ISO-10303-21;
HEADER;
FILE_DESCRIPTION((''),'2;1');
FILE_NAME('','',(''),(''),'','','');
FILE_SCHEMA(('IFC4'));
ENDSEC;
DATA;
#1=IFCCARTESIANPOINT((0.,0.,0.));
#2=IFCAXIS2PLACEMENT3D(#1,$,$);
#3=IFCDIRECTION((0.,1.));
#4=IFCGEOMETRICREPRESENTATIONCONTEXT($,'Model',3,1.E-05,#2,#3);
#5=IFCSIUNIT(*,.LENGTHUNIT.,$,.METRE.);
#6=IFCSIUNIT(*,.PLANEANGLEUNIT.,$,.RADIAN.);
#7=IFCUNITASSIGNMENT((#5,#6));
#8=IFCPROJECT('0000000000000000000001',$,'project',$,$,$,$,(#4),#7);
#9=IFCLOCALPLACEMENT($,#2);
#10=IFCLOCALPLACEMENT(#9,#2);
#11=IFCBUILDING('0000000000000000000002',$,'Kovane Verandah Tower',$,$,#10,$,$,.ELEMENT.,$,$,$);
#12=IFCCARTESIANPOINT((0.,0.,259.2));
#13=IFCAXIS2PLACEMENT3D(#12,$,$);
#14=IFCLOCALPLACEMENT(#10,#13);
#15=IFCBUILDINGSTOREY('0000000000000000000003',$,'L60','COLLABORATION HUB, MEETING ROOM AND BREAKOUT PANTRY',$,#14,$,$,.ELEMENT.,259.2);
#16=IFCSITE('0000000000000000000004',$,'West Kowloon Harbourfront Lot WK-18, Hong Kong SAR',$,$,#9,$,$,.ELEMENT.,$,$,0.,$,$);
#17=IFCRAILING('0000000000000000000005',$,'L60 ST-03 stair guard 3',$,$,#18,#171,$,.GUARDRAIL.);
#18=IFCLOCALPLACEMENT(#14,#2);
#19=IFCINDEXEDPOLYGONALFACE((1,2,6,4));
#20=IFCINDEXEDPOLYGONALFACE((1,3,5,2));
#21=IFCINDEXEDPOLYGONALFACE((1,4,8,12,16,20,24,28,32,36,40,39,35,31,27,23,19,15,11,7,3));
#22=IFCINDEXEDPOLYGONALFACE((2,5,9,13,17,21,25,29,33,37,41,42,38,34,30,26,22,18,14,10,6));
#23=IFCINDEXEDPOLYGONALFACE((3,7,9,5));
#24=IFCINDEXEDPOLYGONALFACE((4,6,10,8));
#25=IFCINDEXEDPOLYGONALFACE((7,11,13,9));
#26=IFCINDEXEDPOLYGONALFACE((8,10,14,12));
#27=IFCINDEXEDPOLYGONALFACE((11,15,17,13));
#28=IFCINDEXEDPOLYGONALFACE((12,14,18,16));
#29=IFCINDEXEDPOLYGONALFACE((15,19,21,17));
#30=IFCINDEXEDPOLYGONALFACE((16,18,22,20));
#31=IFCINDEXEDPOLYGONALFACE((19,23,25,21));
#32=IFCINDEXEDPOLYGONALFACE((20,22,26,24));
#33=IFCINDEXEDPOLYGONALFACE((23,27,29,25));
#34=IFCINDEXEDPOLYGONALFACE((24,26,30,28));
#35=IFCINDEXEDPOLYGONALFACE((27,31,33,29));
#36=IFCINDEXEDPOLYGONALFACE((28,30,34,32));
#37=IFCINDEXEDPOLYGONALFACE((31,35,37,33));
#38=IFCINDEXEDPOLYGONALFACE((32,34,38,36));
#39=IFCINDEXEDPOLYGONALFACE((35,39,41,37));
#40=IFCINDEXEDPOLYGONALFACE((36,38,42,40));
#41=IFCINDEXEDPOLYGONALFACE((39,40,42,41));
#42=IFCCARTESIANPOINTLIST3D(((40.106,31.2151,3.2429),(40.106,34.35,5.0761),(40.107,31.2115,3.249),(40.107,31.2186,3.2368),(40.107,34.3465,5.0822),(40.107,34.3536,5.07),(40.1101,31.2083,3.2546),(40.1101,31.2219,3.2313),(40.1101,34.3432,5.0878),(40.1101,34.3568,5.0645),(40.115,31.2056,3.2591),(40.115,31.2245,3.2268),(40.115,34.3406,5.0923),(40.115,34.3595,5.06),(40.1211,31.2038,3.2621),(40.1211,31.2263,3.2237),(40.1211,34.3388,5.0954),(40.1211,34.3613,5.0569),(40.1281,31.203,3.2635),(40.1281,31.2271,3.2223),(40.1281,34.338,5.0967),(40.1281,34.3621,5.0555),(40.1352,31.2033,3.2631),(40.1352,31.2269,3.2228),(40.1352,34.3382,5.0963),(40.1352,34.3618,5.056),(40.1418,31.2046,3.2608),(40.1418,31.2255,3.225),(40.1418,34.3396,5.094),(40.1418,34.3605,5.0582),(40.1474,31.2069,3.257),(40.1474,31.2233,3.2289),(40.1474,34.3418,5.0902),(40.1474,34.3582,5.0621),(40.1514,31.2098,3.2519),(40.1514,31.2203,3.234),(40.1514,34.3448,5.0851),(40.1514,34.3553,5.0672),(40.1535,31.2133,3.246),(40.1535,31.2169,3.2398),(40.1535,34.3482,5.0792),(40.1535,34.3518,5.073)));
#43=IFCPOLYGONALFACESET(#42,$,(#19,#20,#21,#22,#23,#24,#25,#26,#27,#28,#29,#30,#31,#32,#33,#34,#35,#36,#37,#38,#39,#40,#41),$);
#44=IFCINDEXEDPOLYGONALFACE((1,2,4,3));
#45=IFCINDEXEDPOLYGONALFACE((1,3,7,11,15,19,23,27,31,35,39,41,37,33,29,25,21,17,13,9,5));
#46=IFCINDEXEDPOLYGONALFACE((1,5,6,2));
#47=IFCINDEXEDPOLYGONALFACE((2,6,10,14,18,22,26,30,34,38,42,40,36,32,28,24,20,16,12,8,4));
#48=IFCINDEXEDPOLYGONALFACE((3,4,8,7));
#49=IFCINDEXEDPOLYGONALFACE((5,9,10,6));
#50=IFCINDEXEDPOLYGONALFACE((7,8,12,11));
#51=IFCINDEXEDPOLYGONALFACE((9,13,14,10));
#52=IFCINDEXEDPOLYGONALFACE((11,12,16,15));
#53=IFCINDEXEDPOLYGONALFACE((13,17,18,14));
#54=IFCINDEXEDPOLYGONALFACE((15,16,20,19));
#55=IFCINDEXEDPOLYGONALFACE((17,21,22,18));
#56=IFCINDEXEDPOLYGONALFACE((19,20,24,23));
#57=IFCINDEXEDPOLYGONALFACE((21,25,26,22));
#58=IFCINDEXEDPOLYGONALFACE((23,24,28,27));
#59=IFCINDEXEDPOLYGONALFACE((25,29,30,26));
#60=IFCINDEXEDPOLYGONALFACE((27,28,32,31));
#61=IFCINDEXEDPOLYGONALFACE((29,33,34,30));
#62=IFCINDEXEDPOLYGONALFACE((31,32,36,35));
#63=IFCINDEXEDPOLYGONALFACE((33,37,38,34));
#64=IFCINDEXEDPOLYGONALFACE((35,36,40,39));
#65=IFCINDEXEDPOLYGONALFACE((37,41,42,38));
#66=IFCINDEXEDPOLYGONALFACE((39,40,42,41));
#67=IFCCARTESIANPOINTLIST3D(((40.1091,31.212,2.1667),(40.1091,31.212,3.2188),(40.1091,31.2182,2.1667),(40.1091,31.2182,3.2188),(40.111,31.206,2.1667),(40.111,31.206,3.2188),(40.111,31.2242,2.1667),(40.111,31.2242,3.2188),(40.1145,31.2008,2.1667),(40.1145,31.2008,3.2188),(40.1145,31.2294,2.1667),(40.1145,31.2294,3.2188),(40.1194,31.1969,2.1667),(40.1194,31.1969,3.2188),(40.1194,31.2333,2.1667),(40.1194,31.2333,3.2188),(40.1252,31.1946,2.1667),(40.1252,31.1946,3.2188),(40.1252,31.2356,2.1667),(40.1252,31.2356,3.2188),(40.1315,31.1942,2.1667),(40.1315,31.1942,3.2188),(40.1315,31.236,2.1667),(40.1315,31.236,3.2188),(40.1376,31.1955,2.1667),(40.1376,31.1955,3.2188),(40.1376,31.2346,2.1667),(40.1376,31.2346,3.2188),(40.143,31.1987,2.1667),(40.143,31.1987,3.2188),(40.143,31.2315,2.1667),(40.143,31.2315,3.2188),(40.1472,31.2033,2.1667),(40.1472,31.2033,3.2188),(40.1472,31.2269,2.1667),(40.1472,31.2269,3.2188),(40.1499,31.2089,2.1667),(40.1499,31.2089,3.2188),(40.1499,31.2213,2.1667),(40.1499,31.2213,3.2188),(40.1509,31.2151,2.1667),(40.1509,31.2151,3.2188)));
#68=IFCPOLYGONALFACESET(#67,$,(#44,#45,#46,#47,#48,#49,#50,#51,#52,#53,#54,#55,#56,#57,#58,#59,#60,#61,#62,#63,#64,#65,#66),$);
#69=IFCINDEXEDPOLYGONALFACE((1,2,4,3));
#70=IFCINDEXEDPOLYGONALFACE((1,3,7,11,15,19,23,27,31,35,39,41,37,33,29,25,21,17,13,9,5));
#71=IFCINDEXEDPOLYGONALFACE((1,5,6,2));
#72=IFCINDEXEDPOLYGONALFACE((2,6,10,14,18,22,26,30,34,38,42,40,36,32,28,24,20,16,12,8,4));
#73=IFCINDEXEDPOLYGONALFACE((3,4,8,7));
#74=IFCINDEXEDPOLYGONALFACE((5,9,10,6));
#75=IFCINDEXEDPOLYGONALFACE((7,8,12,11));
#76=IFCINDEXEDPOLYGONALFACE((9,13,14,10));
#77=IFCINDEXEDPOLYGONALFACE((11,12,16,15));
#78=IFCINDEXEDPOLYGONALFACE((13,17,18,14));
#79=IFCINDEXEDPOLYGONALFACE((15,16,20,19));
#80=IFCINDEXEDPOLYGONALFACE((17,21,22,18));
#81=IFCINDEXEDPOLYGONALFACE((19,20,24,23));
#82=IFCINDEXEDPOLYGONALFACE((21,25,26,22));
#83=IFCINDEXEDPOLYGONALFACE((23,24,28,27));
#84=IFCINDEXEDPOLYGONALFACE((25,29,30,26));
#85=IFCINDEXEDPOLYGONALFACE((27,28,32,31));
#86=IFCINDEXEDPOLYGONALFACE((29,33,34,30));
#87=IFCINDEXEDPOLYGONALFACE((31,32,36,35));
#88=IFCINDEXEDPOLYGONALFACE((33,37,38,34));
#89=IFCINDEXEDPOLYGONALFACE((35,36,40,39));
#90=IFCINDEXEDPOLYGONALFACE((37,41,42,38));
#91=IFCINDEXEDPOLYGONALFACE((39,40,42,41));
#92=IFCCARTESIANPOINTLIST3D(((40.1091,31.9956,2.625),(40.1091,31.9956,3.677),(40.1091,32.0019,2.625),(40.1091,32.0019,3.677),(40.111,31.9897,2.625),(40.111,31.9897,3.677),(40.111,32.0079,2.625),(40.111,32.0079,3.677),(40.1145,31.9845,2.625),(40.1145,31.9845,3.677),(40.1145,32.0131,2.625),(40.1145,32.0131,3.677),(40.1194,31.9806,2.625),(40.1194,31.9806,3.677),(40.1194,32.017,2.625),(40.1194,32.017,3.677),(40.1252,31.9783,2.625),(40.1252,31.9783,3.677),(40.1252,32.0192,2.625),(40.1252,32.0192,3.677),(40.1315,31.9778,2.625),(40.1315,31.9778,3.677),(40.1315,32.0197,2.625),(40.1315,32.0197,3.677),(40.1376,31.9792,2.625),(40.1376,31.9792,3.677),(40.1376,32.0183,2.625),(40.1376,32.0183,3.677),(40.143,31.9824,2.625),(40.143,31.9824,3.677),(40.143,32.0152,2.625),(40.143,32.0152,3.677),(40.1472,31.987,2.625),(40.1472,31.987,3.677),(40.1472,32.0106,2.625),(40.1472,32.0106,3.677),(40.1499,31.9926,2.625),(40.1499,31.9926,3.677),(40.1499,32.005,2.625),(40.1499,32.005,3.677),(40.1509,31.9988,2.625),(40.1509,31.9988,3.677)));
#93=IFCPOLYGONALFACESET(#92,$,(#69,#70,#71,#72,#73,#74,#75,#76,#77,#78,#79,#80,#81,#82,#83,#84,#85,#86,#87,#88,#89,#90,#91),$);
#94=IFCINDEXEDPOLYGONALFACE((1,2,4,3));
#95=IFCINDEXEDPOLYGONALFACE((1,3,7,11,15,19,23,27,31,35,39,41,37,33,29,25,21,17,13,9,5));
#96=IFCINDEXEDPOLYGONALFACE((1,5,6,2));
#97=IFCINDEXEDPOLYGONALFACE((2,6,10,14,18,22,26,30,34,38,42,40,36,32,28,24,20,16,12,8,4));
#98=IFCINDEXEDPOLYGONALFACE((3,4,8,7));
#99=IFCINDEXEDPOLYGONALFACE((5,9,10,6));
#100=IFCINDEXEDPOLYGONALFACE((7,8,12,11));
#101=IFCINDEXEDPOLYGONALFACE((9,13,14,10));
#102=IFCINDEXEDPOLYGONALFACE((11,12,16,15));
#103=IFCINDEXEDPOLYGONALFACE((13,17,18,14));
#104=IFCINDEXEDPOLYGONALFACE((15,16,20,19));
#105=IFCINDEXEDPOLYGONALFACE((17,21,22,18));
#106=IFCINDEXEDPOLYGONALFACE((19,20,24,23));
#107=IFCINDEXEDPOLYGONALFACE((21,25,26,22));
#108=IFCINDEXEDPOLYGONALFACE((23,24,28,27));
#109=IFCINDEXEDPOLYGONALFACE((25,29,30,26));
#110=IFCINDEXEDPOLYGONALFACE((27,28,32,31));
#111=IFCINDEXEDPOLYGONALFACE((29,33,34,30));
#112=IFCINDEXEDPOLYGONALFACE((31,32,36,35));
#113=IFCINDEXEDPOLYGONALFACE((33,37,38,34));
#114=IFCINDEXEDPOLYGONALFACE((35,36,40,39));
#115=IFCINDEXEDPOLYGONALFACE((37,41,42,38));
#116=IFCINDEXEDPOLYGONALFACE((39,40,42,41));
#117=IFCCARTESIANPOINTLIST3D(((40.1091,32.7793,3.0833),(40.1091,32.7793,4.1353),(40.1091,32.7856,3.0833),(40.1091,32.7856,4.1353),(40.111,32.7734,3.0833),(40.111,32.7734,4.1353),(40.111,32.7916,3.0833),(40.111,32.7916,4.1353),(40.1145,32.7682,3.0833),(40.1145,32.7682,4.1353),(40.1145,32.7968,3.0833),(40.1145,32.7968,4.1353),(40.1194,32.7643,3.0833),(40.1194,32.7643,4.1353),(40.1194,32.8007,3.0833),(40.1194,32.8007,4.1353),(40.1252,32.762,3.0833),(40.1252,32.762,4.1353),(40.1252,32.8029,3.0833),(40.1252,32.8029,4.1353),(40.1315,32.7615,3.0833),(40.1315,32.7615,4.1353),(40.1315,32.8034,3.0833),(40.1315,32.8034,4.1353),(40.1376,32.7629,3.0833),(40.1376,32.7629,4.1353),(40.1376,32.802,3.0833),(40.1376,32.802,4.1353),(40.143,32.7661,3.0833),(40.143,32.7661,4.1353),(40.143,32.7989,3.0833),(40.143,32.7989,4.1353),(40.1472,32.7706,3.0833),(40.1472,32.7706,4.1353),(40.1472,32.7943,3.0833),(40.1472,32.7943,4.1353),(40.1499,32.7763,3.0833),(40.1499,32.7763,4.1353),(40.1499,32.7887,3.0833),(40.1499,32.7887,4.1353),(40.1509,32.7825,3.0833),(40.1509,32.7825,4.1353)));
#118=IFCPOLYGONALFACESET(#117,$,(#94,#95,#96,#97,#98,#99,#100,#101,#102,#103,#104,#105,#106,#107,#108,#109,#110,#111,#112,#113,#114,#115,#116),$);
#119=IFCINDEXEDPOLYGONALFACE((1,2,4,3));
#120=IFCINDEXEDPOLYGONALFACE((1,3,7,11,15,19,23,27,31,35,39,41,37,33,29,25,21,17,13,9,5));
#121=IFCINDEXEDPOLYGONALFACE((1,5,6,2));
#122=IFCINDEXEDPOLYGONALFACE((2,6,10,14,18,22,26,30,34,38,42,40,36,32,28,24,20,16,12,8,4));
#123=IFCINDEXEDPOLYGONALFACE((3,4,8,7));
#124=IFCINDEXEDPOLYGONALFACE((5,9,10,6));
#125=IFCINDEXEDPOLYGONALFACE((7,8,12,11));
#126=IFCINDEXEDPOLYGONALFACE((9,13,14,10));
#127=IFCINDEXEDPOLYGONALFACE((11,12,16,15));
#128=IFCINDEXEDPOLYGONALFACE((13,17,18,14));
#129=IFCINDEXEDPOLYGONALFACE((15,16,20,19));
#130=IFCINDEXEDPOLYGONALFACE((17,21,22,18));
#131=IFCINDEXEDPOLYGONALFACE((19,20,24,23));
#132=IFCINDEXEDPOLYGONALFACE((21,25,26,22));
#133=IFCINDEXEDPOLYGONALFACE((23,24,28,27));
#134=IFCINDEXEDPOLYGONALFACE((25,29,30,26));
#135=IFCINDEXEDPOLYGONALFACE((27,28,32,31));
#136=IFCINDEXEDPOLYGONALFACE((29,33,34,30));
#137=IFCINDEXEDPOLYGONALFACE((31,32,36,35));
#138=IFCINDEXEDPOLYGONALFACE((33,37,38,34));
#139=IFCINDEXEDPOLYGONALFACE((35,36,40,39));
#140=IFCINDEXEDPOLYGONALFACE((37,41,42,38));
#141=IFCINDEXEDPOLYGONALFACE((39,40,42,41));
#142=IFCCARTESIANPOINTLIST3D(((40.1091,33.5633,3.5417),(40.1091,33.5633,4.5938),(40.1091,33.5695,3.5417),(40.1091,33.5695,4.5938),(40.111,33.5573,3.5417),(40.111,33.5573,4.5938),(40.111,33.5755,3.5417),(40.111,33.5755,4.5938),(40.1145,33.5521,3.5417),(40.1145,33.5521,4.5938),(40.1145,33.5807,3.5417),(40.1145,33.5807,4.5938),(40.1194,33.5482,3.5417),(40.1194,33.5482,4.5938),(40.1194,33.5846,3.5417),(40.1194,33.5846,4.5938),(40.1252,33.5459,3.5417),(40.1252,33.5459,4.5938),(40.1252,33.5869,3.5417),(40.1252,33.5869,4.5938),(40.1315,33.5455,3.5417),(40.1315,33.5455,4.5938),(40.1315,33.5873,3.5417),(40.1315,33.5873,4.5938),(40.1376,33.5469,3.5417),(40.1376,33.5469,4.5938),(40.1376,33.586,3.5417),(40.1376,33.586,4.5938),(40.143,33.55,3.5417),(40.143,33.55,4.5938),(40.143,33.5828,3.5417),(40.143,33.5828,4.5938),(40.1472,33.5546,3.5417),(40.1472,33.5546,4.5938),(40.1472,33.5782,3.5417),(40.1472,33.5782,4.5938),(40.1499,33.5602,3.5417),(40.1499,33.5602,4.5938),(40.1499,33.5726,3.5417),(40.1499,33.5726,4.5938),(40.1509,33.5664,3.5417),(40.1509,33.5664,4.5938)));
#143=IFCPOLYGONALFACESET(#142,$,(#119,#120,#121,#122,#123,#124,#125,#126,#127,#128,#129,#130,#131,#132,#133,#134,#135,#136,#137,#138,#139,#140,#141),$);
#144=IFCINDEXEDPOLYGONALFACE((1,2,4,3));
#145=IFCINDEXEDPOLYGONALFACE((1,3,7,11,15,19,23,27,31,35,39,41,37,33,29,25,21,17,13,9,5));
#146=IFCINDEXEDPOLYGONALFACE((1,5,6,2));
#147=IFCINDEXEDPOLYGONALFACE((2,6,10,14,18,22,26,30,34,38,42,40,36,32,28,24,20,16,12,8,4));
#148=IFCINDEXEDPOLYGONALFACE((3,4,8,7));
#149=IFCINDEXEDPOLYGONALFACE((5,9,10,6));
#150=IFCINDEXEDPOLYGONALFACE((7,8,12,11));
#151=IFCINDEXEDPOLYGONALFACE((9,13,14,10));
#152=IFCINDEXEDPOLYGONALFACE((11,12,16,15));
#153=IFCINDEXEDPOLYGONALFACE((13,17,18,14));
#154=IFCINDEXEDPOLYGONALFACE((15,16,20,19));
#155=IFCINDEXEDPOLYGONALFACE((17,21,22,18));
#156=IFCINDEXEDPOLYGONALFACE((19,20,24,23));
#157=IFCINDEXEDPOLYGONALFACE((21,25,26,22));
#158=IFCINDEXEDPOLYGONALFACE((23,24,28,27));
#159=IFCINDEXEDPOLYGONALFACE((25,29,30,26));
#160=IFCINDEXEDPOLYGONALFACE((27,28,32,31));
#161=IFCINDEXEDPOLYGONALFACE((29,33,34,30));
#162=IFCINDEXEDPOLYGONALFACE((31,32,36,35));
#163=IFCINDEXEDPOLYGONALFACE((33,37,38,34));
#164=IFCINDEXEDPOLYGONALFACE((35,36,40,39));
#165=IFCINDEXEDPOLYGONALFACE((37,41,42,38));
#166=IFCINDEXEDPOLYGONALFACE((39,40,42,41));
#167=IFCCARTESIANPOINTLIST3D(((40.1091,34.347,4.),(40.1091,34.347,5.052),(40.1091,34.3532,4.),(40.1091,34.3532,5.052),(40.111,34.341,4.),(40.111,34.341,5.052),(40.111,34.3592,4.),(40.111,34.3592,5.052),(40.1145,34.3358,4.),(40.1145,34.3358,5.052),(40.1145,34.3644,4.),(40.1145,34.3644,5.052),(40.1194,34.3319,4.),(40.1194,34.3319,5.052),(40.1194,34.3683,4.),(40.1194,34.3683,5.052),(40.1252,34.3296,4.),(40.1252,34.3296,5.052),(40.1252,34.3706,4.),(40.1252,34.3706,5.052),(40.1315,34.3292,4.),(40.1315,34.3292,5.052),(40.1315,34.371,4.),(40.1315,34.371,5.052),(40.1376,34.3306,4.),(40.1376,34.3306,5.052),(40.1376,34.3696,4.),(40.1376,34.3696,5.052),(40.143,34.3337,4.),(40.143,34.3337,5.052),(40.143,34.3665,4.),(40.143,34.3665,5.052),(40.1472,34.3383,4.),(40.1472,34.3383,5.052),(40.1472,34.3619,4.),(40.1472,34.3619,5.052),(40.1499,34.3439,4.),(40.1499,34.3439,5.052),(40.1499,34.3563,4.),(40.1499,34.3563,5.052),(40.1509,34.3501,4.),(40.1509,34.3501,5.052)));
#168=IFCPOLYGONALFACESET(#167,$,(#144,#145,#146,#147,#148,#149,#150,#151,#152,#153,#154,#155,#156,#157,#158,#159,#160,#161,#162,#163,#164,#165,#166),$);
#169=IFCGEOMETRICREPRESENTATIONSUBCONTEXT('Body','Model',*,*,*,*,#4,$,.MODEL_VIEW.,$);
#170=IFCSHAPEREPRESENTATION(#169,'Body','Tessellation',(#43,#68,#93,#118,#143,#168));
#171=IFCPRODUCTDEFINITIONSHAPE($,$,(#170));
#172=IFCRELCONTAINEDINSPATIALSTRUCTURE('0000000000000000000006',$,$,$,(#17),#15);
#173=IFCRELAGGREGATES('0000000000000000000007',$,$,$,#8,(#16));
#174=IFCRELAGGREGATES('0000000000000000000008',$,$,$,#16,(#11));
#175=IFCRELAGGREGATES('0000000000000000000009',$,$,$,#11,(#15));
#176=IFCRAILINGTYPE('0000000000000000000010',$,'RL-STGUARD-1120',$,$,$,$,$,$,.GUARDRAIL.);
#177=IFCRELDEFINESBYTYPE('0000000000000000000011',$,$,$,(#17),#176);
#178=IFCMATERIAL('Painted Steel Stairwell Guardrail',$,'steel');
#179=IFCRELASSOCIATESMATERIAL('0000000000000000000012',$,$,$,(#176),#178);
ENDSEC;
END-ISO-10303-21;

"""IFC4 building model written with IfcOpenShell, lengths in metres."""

from ifc_helpers import new_model, si_unit, direction, frame, origin, origin_2d, place, context, subcontext, project, spatial, circle, extrude, material, type_object, element, save


model = new_model("IFC4")

# Units and contexts
model_context = context("Model", 3, precision=1e-05, world=origin(), true_north=direction((0.0, 1.0)))
body_context = subcontext(model_context, "Body", "Model", "MODEL_VIEW")
ifc_project = project(units=[si_unit("LENGTHUNIT", "METRE"), si_unit("PLANEANGLEUNIT", "RADIAN")], contexts=[model_context])

# Site, building, storey
site_placement = place(None, origin())
site = spatial("IfcSite", under=ifc_project, at=site_placement, Name="West Kowloon Harbourfront Lot WK-18, Hong Kong SAR", CompositionType="ELEMENT", RefElevation=0.0)
building_placement = place(site_placement, origin())
building = spatial("IfcBuilding", under=site, at=building_placement, Name="Kovane Verandah Tower", CompositionType="ELEMENT")
storey_placement = place(building_placement, frame((0.0, 0.0, 259.2)))
storey = spatial("IfcBuildingStorey", under=building, at=storey_placement, Name="L60", Description="COLLABORATION HUB, MEETING ROOM AND BREAKOUT PANTRY", CompositionType="ELEMENT", Elevation=259.2)

# Railing
ifc_material_1 = material(Name="Painted Steel Stairwell Guardrail", Category="steel")
railing_type_1 = type_object("IfcRailingType", Name="RL-STGUARD-1120", PredefinedType="GUARDRAIL", material=ifc_material_1)
railing_1_placement = place(storey_placement, frame((40.1299, 31.2151, 2.1667)))
element("IfcRailing", 1, at=railing_1_placement, inside=storey, type_object=railing_type_1, Name="L60 ST-03 stair guard 3", PredefinedType="GUARDRAIL", context=body_context, shape_type="SweptSolid", body=[
    extrude(circle(Radius=0.0239, at=origin_2d()), frame((0.0, 0.0, 1.0762), z_axis=(0.0, 0.86324, 0.504794), x_axis=(-1.0, 0.0, 0.0)), (0.0, 0.0, 1.0), 3.6316),
    extrude(circle(Radius=0.021, at=origin_2d()), origin(), (0.0, 0.0, 1.0), 1.052),
    extrude(circle(Radius=0.021, at=origin_2d()), frame((0.0, 0.7837, 0.4583)), (0.0, 0.0, 1.0), 1.052),
    extrude(circle(Radius=0.021, at=origin_2d()), frame((0.0, 1.5674, 0.9165)), (0.0, 0.0, 1.0), 1.052),
    extrude(circle(Radius=0.021, at=origin_2d()), frame((0.0, 2.3513, 1.375)), (0.0, 0.0, 1.0), 1.052),
    extrude(circle(Radius=0.021, at=origin_2d()), frame((0.0, 3.135, 1.8333)), (0.0, 0.0, 1.0), 1.052),
])

save(model, "model.ifc")
